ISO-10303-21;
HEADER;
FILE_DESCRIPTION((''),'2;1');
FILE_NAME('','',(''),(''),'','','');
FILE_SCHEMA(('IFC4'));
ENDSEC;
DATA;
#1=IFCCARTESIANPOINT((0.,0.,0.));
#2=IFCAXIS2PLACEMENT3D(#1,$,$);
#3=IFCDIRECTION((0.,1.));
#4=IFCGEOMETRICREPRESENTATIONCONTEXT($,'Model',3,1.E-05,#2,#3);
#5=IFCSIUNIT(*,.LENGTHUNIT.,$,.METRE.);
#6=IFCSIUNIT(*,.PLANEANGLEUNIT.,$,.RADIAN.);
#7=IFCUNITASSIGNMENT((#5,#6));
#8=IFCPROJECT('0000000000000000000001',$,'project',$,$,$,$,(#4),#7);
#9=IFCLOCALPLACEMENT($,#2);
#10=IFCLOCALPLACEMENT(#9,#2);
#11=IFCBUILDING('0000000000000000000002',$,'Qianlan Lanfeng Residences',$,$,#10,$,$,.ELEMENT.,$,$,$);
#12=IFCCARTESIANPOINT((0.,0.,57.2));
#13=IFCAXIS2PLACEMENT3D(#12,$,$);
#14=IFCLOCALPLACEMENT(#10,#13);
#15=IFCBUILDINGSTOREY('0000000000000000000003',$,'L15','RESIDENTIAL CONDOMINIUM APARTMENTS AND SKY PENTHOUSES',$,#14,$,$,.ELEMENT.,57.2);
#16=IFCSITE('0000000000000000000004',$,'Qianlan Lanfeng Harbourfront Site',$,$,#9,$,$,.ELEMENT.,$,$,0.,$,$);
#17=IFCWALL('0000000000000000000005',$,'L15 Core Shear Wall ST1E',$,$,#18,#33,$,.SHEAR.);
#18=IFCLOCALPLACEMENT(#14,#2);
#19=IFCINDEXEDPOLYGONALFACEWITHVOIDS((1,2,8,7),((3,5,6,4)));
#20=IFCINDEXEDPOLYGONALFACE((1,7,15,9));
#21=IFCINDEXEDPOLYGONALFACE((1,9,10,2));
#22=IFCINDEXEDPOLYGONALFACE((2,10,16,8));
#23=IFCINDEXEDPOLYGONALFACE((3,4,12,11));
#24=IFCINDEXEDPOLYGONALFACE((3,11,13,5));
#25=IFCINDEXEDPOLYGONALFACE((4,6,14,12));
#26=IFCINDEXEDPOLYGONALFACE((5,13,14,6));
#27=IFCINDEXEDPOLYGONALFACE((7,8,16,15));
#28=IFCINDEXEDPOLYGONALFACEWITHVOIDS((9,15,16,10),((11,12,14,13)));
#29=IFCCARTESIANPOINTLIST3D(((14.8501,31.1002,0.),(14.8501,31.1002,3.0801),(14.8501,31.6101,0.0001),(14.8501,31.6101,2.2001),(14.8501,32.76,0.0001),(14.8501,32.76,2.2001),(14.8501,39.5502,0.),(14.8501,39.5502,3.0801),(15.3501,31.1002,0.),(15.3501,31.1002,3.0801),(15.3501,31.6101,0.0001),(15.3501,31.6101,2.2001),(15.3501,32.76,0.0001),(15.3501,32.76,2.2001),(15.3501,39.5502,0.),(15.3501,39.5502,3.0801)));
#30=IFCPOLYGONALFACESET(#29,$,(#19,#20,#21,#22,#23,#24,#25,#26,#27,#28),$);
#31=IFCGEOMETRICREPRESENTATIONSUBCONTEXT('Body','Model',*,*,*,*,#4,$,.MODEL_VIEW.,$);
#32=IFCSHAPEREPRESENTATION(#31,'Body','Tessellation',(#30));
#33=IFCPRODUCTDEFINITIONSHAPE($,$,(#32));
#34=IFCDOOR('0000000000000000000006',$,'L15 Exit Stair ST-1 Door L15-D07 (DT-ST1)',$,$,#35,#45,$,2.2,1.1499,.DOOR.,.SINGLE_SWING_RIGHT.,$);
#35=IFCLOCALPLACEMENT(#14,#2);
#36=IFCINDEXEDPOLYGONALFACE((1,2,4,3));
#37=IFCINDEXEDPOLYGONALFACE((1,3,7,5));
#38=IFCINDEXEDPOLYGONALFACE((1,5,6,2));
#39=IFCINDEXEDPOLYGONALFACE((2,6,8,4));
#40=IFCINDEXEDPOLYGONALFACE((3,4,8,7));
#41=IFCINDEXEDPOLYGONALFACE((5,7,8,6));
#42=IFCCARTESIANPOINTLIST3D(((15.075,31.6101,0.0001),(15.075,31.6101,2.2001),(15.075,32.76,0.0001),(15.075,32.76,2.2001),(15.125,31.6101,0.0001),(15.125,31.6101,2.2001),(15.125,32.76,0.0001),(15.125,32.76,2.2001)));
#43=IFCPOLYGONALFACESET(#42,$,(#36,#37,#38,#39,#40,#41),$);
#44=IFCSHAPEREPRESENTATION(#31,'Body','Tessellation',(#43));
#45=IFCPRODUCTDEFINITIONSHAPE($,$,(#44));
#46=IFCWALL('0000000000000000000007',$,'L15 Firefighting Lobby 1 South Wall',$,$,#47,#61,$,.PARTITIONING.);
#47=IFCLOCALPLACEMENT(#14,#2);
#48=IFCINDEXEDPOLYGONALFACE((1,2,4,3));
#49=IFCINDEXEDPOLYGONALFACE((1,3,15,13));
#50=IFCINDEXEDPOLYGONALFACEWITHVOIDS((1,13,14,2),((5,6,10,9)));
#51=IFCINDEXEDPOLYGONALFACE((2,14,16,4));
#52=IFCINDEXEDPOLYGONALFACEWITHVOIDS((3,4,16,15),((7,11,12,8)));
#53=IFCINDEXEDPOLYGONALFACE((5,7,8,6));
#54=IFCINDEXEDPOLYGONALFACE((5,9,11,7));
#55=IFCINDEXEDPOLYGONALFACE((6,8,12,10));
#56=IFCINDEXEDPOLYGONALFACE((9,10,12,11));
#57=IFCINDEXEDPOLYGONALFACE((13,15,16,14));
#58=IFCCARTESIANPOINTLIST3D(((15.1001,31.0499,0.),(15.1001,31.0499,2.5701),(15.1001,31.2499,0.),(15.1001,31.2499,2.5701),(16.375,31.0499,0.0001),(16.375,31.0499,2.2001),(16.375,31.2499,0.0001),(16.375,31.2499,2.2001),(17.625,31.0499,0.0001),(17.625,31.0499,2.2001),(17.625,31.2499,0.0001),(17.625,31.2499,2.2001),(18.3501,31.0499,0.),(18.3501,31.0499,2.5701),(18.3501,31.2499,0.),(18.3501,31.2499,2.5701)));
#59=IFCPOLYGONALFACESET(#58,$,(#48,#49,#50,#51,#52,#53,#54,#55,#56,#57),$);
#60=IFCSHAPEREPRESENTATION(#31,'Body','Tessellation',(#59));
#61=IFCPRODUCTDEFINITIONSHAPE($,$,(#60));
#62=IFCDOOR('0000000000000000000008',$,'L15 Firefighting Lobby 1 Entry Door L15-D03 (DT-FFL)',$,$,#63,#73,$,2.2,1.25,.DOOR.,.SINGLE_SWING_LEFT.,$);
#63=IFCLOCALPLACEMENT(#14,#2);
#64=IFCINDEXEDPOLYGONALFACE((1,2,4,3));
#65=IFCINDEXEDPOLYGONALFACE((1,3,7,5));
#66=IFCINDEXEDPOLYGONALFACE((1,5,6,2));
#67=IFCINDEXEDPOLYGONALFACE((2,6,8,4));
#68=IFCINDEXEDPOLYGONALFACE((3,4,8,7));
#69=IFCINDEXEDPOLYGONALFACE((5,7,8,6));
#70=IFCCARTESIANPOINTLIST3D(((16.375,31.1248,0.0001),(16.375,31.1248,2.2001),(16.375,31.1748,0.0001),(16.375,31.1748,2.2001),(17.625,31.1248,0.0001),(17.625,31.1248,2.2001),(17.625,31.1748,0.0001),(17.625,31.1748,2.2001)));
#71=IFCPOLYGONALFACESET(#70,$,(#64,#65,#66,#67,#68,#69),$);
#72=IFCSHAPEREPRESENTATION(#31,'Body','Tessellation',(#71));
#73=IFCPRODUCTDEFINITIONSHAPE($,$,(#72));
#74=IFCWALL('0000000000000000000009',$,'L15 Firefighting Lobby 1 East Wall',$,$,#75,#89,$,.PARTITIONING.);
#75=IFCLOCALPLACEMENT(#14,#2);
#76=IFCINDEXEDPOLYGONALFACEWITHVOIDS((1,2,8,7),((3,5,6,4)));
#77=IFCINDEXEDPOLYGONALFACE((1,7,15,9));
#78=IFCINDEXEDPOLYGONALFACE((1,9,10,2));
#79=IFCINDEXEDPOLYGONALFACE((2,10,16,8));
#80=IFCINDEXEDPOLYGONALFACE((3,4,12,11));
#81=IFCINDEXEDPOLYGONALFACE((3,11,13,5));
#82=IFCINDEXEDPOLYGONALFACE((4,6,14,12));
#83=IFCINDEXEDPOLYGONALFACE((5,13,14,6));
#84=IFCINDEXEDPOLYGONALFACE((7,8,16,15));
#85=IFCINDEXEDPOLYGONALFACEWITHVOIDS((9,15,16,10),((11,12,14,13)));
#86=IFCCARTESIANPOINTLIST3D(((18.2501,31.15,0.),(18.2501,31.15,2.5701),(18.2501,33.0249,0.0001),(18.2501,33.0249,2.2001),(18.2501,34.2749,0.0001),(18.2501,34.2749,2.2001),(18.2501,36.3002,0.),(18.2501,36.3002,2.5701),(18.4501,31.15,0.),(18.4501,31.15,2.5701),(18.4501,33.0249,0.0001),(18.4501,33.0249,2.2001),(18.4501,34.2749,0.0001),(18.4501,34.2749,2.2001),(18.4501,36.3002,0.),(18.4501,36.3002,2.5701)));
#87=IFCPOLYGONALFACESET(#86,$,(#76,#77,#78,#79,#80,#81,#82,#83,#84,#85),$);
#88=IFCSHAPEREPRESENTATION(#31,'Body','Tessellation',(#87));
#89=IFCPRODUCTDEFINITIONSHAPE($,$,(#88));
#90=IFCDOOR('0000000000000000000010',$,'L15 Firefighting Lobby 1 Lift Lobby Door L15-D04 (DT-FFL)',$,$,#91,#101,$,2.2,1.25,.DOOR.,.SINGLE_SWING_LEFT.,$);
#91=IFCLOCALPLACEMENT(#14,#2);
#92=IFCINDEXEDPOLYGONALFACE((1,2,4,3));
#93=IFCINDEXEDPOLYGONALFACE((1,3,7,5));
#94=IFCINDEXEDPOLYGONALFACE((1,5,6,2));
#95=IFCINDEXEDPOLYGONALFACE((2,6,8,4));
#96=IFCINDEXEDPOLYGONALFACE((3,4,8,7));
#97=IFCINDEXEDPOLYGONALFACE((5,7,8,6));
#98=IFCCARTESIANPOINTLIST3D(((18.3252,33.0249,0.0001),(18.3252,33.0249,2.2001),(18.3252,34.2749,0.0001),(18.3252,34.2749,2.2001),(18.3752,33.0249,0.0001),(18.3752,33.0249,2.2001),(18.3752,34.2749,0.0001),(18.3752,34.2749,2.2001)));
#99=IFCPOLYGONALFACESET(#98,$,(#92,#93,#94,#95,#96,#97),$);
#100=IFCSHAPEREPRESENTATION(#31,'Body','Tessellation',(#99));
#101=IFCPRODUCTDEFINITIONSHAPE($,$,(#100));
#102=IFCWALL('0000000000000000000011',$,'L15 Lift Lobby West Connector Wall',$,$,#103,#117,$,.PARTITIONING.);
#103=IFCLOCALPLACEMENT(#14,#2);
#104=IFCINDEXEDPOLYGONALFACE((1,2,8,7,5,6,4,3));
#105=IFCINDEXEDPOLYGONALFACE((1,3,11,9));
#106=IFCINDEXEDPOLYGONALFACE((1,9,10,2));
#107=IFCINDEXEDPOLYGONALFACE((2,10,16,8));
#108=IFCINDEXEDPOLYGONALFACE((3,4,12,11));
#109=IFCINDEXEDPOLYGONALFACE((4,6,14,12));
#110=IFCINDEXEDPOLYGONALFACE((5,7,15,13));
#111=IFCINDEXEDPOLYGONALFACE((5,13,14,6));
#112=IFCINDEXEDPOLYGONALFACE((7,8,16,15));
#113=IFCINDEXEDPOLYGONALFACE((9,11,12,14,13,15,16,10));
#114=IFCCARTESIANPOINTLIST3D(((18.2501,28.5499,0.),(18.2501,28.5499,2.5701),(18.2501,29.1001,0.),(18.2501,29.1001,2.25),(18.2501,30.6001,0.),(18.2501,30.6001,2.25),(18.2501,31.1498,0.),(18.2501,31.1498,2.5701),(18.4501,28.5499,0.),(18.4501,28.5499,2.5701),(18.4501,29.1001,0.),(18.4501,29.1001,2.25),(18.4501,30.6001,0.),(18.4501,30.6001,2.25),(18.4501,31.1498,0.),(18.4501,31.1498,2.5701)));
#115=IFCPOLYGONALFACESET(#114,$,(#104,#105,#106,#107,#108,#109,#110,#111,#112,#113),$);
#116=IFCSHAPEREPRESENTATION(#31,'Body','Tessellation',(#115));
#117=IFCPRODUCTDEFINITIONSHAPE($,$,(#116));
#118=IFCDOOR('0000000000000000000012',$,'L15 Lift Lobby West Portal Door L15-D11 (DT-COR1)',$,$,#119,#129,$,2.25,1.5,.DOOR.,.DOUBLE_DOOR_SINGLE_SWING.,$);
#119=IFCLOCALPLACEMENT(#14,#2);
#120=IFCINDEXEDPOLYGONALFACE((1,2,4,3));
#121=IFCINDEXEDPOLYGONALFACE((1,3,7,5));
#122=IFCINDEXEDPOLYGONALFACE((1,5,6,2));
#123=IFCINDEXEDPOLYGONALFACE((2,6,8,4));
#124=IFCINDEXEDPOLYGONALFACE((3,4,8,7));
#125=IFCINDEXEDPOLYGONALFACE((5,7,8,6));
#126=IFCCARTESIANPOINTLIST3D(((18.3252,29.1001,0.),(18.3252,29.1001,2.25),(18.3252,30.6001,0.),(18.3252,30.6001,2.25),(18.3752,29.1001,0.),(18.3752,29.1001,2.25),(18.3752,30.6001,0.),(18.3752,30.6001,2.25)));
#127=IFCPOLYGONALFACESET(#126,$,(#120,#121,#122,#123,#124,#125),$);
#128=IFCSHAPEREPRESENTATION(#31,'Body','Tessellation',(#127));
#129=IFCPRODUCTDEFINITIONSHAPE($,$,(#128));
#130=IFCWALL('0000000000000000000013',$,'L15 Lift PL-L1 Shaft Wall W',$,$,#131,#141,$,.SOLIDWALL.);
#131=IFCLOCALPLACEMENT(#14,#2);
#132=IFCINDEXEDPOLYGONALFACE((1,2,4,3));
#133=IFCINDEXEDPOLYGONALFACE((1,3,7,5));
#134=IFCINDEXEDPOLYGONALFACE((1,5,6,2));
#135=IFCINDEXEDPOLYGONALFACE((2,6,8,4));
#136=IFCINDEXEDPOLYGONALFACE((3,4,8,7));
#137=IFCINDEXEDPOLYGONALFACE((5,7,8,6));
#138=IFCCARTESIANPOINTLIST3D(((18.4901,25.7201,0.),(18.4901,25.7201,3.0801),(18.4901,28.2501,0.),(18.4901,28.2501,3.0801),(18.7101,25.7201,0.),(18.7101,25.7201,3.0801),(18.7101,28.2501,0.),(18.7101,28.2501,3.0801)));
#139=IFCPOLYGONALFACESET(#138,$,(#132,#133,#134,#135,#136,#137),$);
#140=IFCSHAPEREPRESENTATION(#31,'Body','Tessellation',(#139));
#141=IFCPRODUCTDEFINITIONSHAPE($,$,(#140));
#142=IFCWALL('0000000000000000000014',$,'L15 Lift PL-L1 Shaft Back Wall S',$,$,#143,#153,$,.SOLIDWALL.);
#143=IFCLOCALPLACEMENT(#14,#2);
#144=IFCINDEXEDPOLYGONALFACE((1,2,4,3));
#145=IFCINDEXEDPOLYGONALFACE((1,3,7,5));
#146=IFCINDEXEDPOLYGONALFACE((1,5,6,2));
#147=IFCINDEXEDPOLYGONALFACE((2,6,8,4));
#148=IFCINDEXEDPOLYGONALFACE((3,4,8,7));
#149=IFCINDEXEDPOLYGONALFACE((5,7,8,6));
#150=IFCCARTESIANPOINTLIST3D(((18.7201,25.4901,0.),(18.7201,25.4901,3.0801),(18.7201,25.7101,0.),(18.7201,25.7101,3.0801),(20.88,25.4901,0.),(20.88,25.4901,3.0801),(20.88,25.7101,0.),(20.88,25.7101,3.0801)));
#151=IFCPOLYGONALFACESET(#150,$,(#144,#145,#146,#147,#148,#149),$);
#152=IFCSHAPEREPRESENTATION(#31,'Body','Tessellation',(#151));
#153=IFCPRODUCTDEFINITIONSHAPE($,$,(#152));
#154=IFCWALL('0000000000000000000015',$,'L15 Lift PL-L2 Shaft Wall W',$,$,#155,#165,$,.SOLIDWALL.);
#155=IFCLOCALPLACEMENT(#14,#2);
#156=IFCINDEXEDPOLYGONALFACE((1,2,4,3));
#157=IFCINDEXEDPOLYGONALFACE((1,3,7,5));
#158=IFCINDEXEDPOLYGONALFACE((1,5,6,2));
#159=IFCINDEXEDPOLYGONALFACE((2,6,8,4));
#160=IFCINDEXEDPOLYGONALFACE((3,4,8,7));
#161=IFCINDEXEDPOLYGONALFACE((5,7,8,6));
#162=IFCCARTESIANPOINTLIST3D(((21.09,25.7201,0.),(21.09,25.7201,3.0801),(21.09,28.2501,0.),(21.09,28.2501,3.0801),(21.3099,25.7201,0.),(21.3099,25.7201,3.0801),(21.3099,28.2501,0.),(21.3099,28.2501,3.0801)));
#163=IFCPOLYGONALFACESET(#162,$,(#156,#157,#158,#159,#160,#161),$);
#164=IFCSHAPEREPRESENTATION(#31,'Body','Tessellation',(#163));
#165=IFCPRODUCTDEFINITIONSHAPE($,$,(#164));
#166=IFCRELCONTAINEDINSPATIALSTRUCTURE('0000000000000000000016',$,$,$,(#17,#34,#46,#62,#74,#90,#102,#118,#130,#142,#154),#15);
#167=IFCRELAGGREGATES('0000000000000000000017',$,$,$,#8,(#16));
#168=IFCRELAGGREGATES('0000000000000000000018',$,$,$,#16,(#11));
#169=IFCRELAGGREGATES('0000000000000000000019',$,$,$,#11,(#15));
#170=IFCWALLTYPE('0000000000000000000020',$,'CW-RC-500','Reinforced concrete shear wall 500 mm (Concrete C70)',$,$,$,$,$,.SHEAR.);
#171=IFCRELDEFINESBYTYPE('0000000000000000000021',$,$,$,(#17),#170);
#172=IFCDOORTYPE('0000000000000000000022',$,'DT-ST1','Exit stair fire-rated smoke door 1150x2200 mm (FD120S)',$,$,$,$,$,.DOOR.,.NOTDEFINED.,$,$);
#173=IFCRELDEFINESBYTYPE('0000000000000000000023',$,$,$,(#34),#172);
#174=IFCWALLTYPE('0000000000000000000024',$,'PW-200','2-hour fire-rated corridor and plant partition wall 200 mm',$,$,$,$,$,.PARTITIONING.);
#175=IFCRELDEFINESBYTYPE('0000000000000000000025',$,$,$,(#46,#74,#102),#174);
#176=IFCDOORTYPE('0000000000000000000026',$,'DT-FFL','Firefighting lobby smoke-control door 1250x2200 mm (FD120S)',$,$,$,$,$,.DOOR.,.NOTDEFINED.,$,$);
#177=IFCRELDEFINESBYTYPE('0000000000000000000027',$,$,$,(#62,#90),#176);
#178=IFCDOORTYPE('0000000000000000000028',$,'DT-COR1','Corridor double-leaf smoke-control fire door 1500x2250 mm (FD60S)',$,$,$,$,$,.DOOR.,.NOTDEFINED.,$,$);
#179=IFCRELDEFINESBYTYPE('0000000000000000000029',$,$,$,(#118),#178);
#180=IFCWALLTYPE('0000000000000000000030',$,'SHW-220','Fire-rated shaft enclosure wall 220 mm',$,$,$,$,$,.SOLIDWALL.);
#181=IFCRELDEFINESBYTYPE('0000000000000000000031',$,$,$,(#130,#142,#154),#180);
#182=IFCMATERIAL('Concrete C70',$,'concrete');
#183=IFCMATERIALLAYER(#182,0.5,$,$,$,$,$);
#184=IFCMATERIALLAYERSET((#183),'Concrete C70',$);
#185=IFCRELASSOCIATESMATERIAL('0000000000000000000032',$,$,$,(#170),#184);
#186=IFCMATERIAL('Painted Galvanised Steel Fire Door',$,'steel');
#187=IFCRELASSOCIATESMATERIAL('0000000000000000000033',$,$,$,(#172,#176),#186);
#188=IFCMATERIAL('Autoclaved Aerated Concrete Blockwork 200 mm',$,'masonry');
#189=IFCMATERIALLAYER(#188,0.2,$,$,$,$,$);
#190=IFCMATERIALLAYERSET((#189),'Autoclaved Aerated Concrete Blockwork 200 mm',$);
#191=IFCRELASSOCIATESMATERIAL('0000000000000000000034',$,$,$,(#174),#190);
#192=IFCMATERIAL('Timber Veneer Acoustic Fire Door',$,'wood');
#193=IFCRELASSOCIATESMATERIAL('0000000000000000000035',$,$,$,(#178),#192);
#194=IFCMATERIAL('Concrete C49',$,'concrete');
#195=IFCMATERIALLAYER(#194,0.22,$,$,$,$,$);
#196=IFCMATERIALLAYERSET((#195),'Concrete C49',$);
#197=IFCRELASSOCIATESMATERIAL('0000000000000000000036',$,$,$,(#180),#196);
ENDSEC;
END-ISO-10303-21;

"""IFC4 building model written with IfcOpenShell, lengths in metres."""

from ifc_helpers import new_model, si_unit, direction, frame, frame_2d, origin, place, context, subcontext, project, spatial, rectangle, extrude, material, layer, layer_set, type_object, element, fill, save


model = new_model("IFC4")

# Units and contexts
model_context = context("Model", 3, precision=1e-05, world=origin(), true_north=direction((0.0, 1.0)))
body_context = subcontext(model_context, "Body", "Model", "MODEL_VIEW")
ifc_project = project(units=[si_unit("LENGTHUNIT", "METRE"), si_unit("PLANEANGLEUNIT", "RADIAN")], contexts=[model_context])

# Site, building, storey
site_placement = place(None, origin())
site = spatial("IfcSite", under=ifc_project, at=site_placement, Name="Qianlan Lanfeng Harbourfront Site", CompositionType="ELEMENT", RefElevation=0.0)
building_placement = place(site_placement, origin())
building = spatial("IfcBuilding", under=site, at=building_placement, Name="Qianlan Lanfeng Residences", CompositionType="ELEMENT")
storey_placement = place(building_placement, frame((0.0, 0.0, 57.2)))
storey = spatial("IfcBuildingStorey", under=building, at=storey_placement, Name="L15", Description="RESIDENTIAL CONDOMINIUM APARTMENTS AND SKY PENTHOUSES", CompositionType="ELEMENT", Elevation=57.2)

# Wall, opening, door
ifc_material_1 = material(Name="Concrete C70", Category="concrete")
ifc_layer_1 = layer(ifc_material_1, 0.5)
ifc_layer_set_1 = layer_set([ifc_layer_1], Name="Concrete C70")
wall_type_1 = type_object("IfcWallType", Name="CW-RC-500", Description="Reinforced concrete shear wall 500 mm (Concrete C70)", PredefinedType="SHEAR", material=ifc_layer_set_1)
wall_1_placement = place(storey_placement, frame((15.1001, 31.1001, 0.0), z_axis=(0.0, 0.0, 1.0), x_axis=(0.0, 1.0, 0.0)))
wall_1 = element("IfcWall", 1, at=wall_1_placement, inside=storey, type_object=wall_type_1, Name="L15 Core Shear Wall ST1E", PredefinedType="SHEAR", context=body_context, shape_type="SweptSolid", body=[
    extrude(rectangle(XDim=8.45, YDim=0.5, at=frame_2d((4.2251, 0.0))), origin(), (0.0, 0.0, 1.0), 3.0801),
])
opening_1_placement = place(wall_1_placement, frame((0.51, 0.0, 0.0)))
opening_1 = element("IfcOpeningElement", 2, at=opening_1_placement, cuts=wall_1, PredefinedType="OPENING", context=body_context, shape_type="SweptSolid", body=[
    extrude(rectangle(XDim=1.1499, YDim=2.2, at=frame_2d((0.575, 1.1001))), frame((0.0, 0.26, 0.0), z_axis=(0.0, -1.0, 0.0), x_axis=(1.0, 0.0, 0.0)), (0.0, 0.0, 1.0), 0.52),
])
ifc_material_2 = material(Name="Painted Galvanised Steel Fire Door", Category="steel")
door_type_1 = type_object("IfcDoorType", Name="DT-ST1", Description="Exit stair fire-rated smoke door 1150x2200 mm (FD120S)", OperationType="NOTDEFINED", PredefinedType="DOOR", material=ifc_material_2)
door_1_placement = place(opening_1_placement, frame((1.1499, 0.0, 0.0), z_axis=(0.0, 0.0, 1.0), x_axis=(-1.0, 0.0, 0.0)))
door_1 = element("IfcDoor", 3, at=door_1_placement, inside=storey, type_object=door_type_1, Name="L15 Exit Stair ST-1 Door L15-D07 (DT-ST1)", OperationType="SINGLE_SWING_RIGHT", OverallHeight=2.2, OverallWidth=1.1499, PredefinedType="DOOR", context=body_context, shape_type="SweptSolid", body=[
    extrude(rectangle(XDim=1.1499, YDim=2.2, at=frame_2d((0.575, 1.1001))), frame((0.0, 0.0249, 0.0), z_axis=(0.0, -1.0, 0.0), x_axis=(1.0, 0.0, 0.0)), (0.0, 0.0, 1.0), 0.05),
])
fill(opening_1, door_1)

# Walls, openings, doors
ifc_material_3 = material(Name="Autoclaved Aerated Concrete Blockwork 200 mm", Category="masonry")
ifc_layer_2 = layer(ifc_material_3, 0.2)
ifc_layer_set_2 = layer_set([ifc_layer_2], Name="Autoclaved Aerated Concrete Blockwork 200 mm")
wall_type_2 = type_object("IfcWallType", Name="PW-200", Description="2-hour fire-rated corridor and plant partition wall 200 mm", PredefinedType="PARTITIONING", material=ifc_layer_set_2)
wall_2_placement = place(storey_placement, frame((15.1001, 31.1499, 0.0), z_axis=(0.0, 0.0, 1.0), x_axis=(1.0, 0.0, 0.0)))
wall_2 = element("IfcWall", 4, at=wall_2_placement, inside=storey, type_object=wall_type_2, Name="L15 Firefighting Lobby 1 South Wall", PredefinedType="PARTITIONING", context=body_context, shape_type="SweptSolid", body=[
    extrude(rectangle(XDim=3.25, YDim=0.2, at=frame_2d((1.625, 0.0))), origin(), (0.0, 0.0, 1.0), 2.5701),
])
opening_2_placement = place(wall_2_placement, frame((1.2749, 0.0, 0.0)))
opening_2 = element("IfcOpeningElement", 5, at=opening_2_placement, cuts=wall_2, PredefinedType="OPENING", context=body_context, shape_type="SweptSolid", body=[
    extrude(rectangle(XDim=1.25, YDim=2.2, at=frame_2d((0.625, 1.1001))), frame((0.0, 0.1099, 0.0), z_axis=(0.0, -1.0, 0.0), x_axis=(1.0, 0.0, 0.0)), (0.0, 0.0, 1.0), 0.22),
])
door_type_2 = type_object("IfcDoorType", Name="DT-FFL", Description="Firefighting lobby smoke-control door 1250x2200 mm (FD120S)", OperationType="NOTDEFINED", PredefinedType="DOOR", material=ifc_material_2)
door_2_placement = place(opening_2_placement, origin())
door_2 = element("IfcDoor", 6, at=door_2_placement, inside=storey, type_object=door_type_2, Name="L15 Firefighting Lobby 1 Entry Door L15-D03 (DT-FFL)", OperationType="SINGLE_SWING_LEFT", OverallHeight=2.2, OverallWidth=1.25, PredefinedType="DOOR", context=body_context, shape_type="SweptSolid", body=[
    extrude(rectangle(XDim=1.25, YDim=2.2, at=frame_2d((0.625, 1.1001))), frame((0.0, 0.0249, 0.0), z_axis=(0.0, -1.0, 0.0), x_axis=(1.0, 0.0, 0.0)), (0.0, 0.0, 1.0), 0.05),
])
fill(opening_2, door_2)
wall_3_placement = place(storey_placement, frame((18.3501, 31.1499, 0.0), z_axis=(0.0, 0.0, 1.0), x_axis=(0.0, 1.0, 0.0)))
wall_3 = element("IfcWall", 7, at=wall_3_placement, inside=storey, type_object=wall_type_2, Name="L15 Firefighting Lobby 1 East Wall", PredefinedType="PARTITIONING", context=body_context, shape_type="SweptSolid", body=[
    extrude(rectangle(XDim=5.1501, YDim=0.2, at=frame_2d((2.5752, 0.0))), origin(), (0.0, 0.0, 1.0), 2.5701),
])
opening_3_placement = place(wall_3_placement, frame((1.875, 0.0, 0.0)))
opening_3 = element("IfcOpeningElement", 8, at=opening_3_placement, cuts=wall_3, PredefinedType="OPENING", context=body_context, shape_type="SweptSolid", body=[
    extrude(rectangle(XDim=1.25, YDim=2.2, at=frame_2d((0.625, 1.1001))), frame((0.0, 0.1099, 0.0), z_axis=(0.0, -1.0, 0.0), x_axis=(1.0, 0.0, 0.0)), (0.0, 0.0, 1.0), 0.22),
])
door_3_placement = place(opening_3_placement, origin())
door_3 = element("IfcDoor", 9, at=door_3_placement, inside=storey, type_object=door_type_2, Name="L15 Firefighting Lobby 1 Lift Lobby Door L15-D04 (DT-FFL)", OperationType="SINGLE_SWING_LEFT", OverallHeight=2.2, OverallWidth=1.25, PredefinedType="DOOR", context=body_context, shape_type="SweptSolid", body=[
    extrude(rectangle(XDim=1.25, YDim=2.2, at=frame_2d((0.625, 1.1001))), frame((0.0, 0.0249, 0.0), z_axis=(0.0, -1.0, 0.0), x_axis=(1.0, 0.0, 0.0)), (0.0, 0.0, 1.0), 0.05),
])
fill(opening_3, door_3)
wall_4_placement = place(storey_placement, frame((18.3501, 28.55, 0.0), z_axis=(0.0, 0.0, 1.0), x_axis=(0.0, 1.0, 0.0)))
wall_4 = element("IfcWall", 10, at=wall_4_placement, inside=storey, type_object=wall_type_2, Name="L15 Lift Lobby West Connector Wall", PredefinedType="PARTITIONING", context=body_context, shape_type="SweptSolid", body=[
    extrude(rectangle(XDim=2.5999, YDim=0.2, at=frame_2d((1.2998, 0.0))), origin(), (0.0, 0.0, 1.0), 2.5701),
])
opening_4_placement = place(wall_4_placement, frame((0.55, 0.0, 0.0)))
opening_4 = element("IfcOpeningElement", 11, at=opening_4_placement, cuts=wall_4, PredefinedType="OPENING", context=body_context, shape_type="SweptSolid", body=[
    extrude(rectangle(XDim=1.5, YDim=2.25, at=frame_2d((0.75, 1.125))), frame((0.0, 0.1099, 0.0), z_axis=(0.0, -1.0, 0.0), x_axis=(1.0, 0.0, 0.0)), (0.0, 0.0, 1.0), 0.22),
])
ifc_material_4 = material(Name="Timber Veneer Acoustic Fire Door", Category="wood")
door_type_3 = type_object("IfcDoorType", Name="DT-COR1", Description="Corridor double-leaf smoke-control fire door 1500x2250 mm (FD60S)", OperationType="NOTDEFINED", PredefinedType="DOOR", material=ifc_material_4)
door_4_placement = place(opening_4_placement, origin())
door_4 = element("IfcDoor", 12, at=door_4_placement, inside=storey, type_object=door_type_3, Name="L15 Lift Lobby West Portal Door L15-D11 (DT-COR1)", OperationType="DOUBLE_DOOR_SINGLE_SWING", OverallHeight=2.25, OverallWidth=1.5, PredefinedType="DOOR", context=body_context, shape_type="SweptSolid", body=[
    extrude(rectangle(XDim=1.5, YDim=2.25, at=frame_2d((0.75, 1.125))), frame((0.0, 0.0249, 0.0), z_axis=(0.0, -1.0, 0.0), x_axis=(1.0, 0.0, 0.0)), (0.0, 0.0, 1.0), 0.05),
])
fill(opening_4, door_4)

# Walls
ifc_material_5 = material(Name="Concrete C49", Category="concrete")
ifc_layer_3 = layer(ifc_material_5, 0.22)
ifc_layer_set_3 = layer_set([ifc_layer_3], Name="Concrete C49")
wall_type_3 = type_object("IfcWallType", Name="SHW-220", Description="Fire-rated shaft enclosure wall 220 mm", PredefinedType="SOLIDWALL", material=ifc_layer_set_3)
wall_5_placement = place(storey_placement, frame((18.6001, 25.72, 0.0), z_axis=(0.0, 0.0, 1.0), x_axis=(0.0, 1.0, 0.0)))
element("IfcWall", 13, at=wall_5_placement, inside=storey, type_object=wall_type_3, Name="L15 Lift PL-L1 Shaft Wall W", PredefinedType="SOLIDWALL", context=body_context, shape_type="SweptSolid", body=[
    extrude(rectangle(XDim=2.53, YDim=0.22, at=frame_2d((1.2651, 0.0))), origin(), (0.0, 0.0, 1.0), 3.0801),
])
wall_6_placement = place(storey_placement, frame((18.72, 25.6001, 0.0), z_axis=(0.0, 0.0, 1.0), x_axis=(1.0, 0.0, 0.0)))
element("IfcWall", 14, at=wall_6_placement, inside=storey, type_object=wall_type_3, Name="L15 Lift PL-L1 Shaft Back Wall S", PredefinedType="SOLIDWALL", context=body_context, shape_type="SweptSolid", body=[
    extrude(rectangle(XDim=2.1599, YDim=0.22, at=frame_2d((1.0801, 0.0))), origin(), (0.0, 0.0, 1.0), 3.0801),
])
wall_7_placement = place(storey_placement, frame((21.2, 25.72, 0.0), z_axis=(0.0, 0.0, 1.0), x_axis=(0.0, 1.0, 0.0)))
element("IfcWall", 15, at=wall_7_placement, inside=storey, type_object=wall_type_3, Name="L15 Lift PL-L2 Shaft Wall W", PredefinedType="SOLIDWALL", context=body_context, shape_type="SweptSolid", body=[
    extrude(rectangle(XDim=2.53, YDim=0.22, at=frame_2d((1.2651, 0.0))), origin(), (0.0, 0.0, 1.0), 3.0801),
])

save(model, "model.ifc")
